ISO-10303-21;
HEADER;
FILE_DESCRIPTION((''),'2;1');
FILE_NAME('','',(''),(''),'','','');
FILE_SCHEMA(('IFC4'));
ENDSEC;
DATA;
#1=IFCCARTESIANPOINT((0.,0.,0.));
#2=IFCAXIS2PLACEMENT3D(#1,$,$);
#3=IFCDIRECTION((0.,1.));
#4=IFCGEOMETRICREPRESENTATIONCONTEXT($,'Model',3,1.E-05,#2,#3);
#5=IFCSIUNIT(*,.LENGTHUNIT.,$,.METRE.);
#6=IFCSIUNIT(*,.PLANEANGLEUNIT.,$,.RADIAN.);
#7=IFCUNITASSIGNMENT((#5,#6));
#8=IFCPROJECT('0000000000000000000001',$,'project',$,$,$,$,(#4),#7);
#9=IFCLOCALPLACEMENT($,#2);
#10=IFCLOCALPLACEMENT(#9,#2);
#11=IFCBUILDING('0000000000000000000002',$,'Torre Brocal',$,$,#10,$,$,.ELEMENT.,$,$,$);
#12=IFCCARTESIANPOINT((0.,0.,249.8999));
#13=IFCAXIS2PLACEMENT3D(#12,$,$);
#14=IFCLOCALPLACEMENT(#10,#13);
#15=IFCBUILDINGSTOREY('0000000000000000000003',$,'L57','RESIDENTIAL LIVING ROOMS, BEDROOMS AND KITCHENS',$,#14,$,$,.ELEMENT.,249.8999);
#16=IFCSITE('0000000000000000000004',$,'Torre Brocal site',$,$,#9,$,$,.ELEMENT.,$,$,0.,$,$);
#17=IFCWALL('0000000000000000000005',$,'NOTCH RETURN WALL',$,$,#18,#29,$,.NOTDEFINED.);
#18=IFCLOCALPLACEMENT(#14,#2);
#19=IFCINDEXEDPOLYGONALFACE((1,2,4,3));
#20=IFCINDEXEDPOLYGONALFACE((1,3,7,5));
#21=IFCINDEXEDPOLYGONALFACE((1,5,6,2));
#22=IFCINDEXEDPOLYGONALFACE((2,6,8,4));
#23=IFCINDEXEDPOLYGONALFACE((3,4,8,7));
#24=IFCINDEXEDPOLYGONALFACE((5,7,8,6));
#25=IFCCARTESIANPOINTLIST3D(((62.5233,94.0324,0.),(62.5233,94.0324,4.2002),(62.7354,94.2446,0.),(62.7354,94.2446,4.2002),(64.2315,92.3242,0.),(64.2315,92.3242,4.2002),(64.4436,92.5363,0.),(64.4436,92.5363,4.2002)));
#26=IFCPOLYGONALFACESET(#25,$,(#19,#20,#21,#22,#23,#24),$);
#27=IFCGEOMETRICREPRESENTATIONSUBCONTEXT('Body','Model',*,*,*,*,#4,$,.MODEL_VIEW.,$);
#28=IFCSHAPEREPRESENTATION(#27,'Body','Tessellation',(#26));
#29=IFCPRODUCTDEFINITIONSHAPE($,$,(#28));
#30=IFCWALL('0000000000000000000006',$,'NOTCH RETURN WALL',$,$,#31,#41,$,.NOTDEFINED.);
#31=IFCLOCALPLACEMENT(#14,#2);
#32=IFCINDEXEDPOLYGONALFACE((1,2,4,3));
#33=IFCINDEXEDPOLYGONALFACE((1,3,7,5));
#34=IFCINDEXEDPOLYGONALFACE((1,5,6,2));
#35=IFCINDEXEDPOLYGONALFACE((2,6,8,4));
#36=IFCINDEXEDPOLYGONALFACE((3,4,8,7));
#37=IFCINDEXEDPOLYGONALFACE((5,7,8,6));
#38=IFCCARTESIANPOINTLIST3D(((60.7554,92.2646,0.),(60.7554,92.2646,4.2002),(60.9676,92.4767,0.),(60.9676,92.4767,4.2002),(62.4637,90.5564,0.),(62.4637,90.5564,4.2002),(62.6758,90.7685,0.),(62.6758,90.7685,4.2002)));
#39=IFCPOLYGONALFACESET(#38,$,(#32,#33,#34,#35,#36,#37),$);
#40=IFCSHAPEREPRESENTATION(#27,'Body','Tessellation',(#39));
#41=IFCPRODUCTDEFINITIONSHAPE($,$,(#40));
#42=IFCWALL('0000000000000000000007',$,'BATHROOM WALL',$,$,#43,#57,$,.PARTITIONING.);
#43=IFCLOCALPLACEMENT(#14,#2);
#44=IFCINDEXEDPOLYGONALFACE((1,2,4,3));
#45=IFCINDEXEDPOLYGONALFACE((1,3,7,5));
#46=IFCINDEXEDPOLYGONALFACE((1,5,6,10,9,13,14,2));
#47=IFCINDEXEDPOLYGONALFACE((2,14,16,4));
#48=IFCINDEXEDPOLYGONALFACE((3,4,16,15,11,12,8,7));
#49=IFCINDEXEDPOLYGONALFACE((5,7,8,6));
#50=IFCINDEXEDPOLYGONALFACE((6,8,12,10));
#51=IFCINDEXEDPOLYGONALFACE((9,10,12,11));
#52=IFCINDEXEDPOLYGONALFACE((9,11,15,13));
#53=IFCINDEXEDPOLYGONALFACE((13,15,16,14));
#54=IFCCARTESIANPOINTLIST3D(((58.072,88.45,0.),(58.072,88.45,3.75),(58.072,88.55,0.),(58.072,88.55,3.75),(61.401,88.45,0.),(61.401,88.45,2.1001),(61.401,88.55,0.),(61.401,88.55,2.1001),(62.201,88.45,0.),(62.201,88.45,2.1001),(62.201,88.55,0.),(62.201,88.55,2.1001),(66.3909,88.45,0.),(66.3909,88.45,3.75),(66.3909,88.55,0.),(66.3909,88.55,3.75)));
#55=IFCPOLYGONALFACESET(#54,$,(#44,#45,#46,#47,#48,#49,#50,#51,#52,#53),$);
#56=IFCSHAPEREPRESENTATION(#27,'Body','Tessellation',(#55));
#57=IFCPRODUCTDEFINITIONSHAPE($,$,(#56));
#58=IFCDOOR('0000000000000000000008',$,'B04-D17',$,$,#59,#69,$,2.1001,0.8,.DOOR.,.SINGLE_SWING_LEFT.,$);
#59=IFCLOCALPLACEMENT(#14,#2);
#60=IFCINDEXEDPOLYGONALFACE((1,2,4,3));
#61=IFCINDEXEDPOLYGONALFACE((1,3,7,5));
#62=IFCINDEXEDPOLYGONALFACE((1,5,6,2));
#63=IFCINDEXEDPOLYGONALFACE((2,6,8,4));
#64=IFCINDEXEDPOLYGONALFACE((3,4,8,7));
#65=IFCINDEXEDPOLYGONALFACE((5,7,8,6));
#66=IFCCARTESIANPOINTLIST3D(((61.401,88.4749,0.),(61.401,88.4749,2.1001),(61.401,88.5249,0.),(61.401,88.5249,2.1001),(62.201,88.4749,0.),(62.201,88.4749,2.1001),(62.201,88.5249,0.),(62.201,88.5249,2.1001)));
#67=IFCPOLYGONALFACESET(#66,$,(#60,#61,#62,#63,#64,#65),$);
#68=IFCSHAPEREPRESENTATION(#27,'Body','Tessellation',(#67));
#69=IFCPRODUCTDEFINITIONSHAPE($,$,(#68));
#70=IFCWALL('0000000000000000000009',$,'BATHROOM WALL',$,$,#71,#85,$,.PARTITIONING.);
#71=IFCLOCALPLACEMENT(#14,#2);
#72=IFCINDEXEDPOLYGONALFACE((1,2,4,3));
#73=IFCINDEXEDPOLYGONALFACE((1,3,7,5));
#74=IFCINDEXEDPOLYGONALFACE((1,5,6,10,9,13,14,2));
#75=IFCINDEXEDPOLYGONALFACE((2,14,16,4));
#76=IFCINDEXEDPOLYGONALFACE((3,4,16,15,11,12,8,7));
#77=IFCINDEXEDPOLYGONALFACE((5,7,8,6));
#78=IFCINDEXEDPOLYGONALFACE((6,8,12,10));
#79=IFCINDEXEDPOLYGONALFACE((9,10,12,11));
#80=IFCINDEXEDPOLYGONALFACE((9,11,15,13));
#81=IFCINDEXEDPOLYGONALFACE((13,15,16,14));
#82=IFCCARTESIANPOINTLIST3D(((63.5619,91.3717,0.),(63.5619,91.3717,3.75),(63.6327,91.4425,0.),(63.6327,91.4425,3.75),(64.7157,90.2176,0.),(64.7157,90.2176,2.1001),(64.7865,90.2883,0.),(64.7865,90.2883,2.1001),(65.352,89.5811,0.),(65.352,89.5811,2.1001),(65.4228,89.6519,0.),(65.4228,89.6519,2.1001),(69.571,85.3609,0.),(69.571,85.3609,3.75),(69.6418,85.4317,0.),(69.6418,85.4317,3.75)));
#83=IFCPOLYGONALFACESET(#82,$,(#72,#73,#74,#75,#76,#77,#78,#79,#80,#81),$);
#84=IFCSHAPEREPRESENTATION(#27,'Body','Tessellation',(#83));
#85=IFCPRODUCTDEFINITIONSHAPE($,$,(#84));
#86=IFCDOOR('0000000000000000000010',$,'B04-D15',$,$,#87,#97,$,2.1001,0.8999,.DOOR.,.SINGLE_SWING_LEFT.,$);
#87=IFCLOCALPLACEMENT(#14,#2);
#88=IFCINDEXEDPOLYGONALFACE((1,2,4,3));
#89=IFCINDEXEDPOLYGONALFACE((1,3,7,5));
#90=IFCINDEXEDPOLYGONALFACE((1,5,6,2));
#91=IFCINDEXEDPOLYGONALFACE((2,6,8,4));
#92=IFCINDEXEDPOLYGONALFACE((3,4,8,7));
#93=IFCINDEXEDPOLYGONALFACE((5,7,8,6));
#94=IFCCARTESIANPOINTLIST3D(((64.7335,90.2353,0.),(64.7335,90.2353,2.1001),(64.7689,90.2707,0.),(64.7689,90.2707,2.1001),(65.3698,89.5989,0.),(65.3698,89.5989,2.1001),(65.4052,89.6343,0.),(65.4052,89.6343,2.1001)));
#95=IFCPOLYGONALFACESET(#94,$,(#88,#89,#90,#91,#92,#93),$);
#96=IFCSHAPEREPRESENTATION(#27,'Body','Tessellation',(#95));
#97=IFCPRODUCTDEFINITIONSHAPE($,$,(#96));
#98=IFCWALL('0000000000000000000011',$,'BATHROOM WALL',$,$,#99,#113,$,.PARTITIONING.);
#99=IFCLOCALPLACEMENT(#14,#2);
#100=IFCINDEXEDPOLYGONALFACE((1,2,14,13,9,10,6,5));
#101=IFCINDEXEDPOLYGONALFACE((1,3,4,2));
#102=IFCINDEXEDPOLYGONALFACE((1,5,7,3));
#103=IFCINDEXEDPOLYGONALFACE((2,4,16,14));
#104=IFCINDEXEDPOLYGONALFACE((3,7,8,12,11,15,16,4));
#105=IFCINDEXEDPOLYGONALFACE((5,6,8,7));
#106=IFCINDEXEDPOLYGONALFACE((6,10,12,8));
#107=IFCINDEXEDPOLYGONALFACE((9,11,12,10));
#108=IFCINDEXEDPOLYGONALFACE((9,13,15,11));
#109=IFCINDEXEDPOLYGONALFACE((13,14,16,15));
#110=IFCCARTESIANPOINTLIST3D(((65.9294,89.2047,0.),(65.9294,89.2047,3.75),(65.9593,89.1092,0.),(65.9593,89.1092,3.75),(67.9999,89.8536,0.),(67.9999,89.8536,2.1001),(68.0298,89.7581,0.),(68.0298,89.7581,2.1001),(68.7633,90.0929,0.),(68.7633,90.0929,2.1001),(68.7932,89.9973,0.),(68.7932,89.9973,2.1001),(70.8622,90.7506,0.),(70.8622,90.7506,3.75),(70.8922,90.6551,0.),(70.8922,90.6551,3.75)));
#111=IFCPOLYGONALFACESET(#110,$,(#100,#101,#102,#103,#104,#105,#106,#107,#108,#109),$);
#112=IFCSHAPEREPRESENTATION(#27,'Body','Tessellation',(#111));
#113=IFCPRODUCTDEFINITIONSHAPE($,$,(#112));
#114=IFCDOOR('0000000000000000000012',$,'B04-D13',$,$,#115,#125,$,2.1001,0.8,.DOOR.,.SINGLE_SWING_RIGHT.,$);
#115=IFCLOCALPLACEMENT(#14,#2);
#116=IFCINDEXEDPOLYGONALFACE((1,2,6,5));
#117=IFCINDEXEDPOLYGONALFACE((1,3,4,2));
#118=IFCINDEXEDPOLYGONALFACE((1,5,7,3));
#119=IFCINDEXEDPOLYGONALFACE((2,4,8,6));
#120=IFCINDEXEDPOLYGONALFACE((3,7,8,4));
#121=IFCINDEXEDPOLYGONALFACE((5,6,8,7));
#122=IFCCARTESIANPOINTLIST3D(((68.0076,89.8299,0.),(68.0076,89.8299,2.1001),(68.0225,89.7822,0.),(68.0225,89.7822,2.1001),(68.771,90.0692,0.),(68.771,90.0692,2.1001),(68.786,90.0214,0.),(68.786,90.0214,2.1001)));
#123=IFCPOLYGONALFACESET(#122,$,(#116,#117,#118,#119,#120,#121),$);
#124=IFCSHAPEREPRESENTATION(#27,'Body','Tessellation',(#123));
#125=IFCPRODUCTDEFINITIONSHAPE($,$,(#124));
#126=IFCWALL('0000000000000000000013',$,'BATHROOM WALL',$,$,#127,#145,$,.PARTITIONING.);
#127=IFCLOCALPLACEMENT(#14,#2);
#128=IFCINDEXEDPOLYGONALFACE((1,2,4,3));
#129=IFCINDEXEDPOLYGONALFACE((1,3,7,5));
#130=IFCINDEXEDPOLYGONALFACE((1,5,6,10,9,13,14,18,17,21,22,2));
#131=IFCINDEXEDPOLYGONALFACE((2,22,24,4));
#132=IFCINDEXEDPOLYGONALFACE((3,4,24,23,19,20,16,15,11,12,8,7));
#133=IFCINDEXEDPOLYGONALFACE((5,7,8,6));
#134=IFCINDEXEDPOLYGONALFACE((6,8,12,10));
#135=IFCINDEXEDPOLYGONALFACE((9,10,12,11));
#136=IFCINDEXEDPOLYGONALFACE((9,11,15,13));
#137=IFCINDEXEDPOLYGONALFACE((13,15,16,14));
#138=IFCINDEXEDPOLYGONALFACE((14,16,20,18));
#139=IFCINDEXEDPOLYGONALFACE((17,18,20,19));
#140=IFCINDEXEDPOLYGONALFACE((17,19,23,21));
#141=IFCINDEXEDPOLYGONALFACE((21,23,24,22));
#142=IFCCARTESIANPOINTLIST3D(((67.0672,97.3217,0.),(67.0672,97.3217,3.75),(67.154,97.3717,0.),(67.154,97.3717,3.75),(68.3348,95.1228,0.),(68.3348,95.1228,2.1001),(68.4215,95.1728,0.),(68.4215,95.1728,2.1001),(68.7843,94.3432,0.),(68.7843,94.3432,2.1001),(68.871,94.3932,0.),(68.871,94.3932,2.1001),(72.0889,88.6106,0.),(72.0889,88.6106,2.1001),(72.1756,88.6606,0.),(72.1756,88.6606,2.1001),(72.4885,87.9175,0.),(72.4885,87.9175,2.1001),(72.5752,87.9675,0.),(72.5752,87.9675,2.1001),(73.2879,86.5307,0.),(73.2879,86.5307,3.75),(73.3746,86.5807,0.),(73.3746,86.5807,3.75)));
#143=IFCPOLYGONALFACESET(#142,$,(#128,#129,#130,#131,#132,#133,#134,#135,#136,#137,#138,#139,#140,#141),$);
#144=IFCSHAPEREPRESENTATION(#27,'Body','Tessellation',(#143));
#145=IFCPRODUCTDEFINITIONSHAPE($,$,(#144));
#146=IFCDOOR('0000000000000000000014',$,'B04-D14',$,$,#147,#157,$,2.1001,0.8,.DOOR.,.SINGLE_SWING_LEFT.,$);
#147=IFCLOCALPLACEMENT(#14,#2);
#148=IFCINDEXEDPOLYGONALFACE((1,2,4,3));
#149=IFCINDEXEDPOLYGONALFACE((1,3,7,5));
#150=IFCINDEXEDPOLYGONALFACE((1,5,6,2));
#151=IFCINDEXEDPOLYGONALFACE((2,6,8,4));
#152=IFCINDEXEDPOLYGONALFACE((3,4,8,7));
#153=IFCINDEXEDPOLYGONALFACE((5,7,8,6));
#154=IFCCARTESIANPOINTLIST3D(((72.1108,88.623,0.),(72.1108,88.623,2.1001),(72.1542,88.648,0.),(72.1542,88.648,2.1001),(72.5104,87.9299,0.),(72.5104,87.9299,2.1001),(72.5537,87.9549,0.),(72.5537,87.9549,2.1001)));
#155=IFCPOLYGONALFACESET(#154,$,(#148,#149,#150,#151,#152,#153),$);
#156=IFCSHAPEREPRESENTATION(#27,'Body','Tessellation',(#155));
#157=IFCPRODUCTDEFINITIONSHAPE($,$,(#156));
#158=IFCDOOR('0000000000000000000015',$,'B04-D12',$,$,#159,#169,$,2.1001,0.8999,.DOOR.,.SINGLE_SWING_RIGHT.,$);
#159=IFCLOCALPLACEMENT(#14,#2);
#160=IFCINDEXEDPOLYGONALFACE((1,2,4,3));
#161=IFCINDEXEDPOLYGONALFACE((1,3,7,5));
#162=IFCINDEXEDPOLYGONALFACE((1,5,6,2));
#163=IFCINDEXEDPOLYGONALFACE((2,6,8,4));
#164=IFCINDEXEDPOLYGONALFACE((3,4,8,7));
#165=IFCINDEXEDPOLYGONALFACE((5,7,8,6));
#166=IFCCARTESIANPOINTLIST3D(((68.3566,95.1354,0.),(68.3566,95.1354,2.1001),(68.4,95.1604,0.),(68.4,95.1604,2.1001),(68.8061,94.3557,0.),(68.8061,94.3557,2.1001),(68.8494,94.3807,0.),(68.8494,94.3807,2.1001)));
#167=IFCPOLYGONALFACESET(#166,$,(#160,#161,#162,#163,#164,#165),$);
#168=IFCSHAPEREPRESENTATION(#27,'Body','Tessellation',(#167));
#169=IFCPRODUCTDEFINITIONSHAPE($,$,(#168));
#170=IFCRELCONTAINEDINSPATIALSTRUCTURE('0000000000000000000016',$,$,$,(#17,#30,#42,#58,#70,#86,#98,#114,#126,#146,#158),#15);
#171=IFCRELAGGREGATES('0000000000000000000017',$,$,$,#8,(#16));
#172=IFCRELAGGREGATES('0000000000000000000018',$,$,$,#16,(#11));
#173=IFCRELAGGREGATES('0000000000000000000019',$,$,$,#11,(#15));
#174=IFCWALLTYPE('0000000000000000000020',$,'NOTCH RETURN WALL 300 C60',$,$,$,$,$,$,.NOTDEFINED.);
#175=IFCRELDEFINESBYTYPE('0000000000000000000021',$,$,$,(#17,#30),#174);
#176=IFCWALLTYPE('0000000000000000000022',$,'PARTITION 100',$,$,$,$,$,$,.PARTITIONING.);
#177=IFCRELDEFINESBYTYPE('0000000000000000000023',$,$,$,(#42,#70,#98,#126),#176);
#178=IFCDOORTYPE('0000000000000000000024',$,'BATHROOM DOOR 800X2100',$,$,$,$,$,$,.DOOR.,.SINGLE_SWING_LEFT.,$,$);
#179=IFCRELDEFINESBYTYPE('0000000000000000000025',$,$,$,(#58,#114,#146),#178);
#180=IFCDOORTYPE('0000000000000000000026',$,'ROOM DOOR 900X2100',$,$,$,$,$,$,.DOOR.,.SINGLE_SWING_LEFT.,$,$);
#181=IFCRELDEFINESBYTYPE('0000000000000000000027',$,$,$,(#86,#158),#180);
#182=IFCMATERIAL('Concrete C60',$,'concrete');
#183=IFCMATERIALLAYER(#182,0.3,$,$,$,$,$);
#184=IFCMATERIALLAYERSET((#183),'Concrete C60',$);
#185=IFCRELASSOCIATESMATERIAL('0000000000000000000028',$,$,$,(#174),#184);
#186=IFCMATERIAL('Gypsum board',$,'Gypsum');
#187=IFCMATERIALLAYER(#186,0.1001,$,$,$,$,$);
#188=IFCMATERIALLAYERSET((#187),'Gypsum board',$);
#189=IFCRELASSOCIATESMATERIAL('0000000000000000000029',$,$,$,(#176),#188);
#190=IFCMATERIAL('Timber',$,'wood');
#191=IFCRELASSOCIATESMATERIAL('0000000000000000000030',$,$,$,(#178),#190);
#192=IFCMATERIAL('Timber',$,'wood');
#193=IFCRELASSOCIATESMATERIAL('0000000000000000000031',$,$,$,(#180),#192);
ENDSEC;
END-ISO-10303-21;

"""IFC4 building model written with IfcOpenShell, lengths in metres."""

from ifc_helpers import new_model, si_unit, direction, frame, frame_2d, origin, place, context, subcontext, project, spatial, rectangle, extrude, material, layer, layer_set, type_object, element, fill, save


model = new_model("IFC4")

# Units and contexts
model_context = context("Model", 3, precision=1e-05, world=origin(), true_north=direction((0.0, 1.0)))
body_context = subcontext(model_context, "Body", "Model", "MODEL_VIEW")
ifc_project = project(units=[si_unit("LENGTHUNIT", "METRE"), si_unit("PLANEANGLEUNIT", "RADIAN")], contexts=[model_context])

# Site, building, storey
site_placement = place(None, origin())
site = spatial("IfcSite", under=ifc_project, at=site_placement, Name="Torre Brocal site", CompositionType="ELEMENT", RefElevation=0.0)
building_placement = place(site_placement, origin())
building = spatial("IfcBuilding", under=site, at=building_placement, Name="Torre Brocal", CompositionType="ELEMENT")
storey_placement = place(building_placement, frame((0.0, 0.0, 249.8999)))
storey = spatial("IfcBuildingStorey", under=building, at=storey_placement, Name="L57", Description="RESIDENTIAL LIVING ROOMS, BEDROOMS AND KITCHENS", CompositionType="ELEMENT", Elevation=249.8999)

# Walls
ifc_material_1 = material(Name="Concrete C60", Category="concrete")
ifc_layer_1 = layer(ifc_material_1, 0.3)
ifc_layer_set_1 = layer_set([ifc_layer_1], Name="Concrete C60")
wall_type_1 = type_object("IfcWallType", Name="NOTCH RETURN WALL 300 C60", PredefinedType="NOTDEFINED", material=ifc_layer_set_1)
for number, where, z_axis, x_axis, name in (
    (1, (64.3376, 92.4302, 0.0), (0.0, 0.0, 1.0), (-0.707107, 0.707107, 0.0), "NOTCH RETURN WALL"),
    (2, (62.5698, 90.6624, 0.0), (0.0, 0.0, 1.0), (-0.707107, 0.707107, 0.0), "NOTCH RETURN WALL"),
):
    element("IfcWall", number, at=place(storey_placement, frame(where, z_axis=z_axis, x_axis=x_axis)), inside=storey, type_object=wall_type_1, Name=name, PredefinedType="NOTDEFINED", context=body_context, shape_type="SweptSolid", body=[
        extrude(rectangle(XDim=2.4158, YDim=0.3, at=frame_2d((1.208, 0.0))), origin(), (0.0, 0.0, 1.0), 4.2002),
    ])

# Walls, openings, doors
ifc_material_2 = material(Name="Gypsum board", Category="Gypsum")
ifc_layer_2 = layer(ifc_material_2, 0.1001)
ifc_layer_set_2 = layer_set([ifc_layer_2], Name="Gypsum board")
wall_type_2 = type_object("IfcWallType", Name="PARTITION 100", PredefinedType="PARTITIONING", material=ifc_layer_set_2)
wall_1_placement = place(storey_placement, frame((58.072, 88.5, 0.0), z_axis=(0.0, 0.0, 1.0), x_axis=(1.0, 0.0, 0.0)))
wall_1 = element("IfcWall", 3, at=wall_1_placement, inside=storey, type_object=wall_type_2, Name="BATHROOM WALL", PredefinedType="PARTITIONING", context=body_context, shape_type="SweptSolid", body=[
    extrude(rectangle(XDim=8.3188, YDim=0.1001, at=frame_2d((4.1594, 0.0))), origin(), (0.0, 0.0, 1.0), 3.75),
])
opening_1_placement = place(wall_1_placement, frame((3.3291, 0.0, 0.0)))
opening_1 = element("IfcOpeningElement", 4, at=opening_1_placement, cuts=wall_1, PredefinedType="OPENING", context=body_context, shape_type="SweptSolid", body=[
    extrude(rectangle(XDim=0.8, YDim=2.1001, at=frame_2d((0.3999, 1.05))), frame((0.0, 0.0601, 0.0), z_axis=(0.0, -1.0, 0.0), x_axis=(1.0, 0.0, 0.0)), (0.0, 0.0, 1.0), 0.1201),
])
ifc_material_3 = material(Name="Timber", Category="wood")
door_type_1 = type_object("IfcDoorType", Name="BATHROOM DOOR 800X2100", OperationType="SINGLE_SWING_LEFT", PredefinedType="DOOR", material=ifc_material_3)
door_1_placement = place(opening_1_placement, origin())
door_1 = element("IfcDoor", 5, at=door_1_placement, inside=storey, type_object=door_type_1, Name="B04-D17", OperationType="SINGLE_SWING_LEFT", OverallHeight=2.1001, OverallWidth=0.8, PredefinedType="DOOR", context=body_context, shape_type="SweptSolid", body=[
    extrude(rectangle(XDim=0.8, YDim=2.1001, at=frame_2d((0.3999, 1.05))), frame((0.0, 0.0249, 0.0), z_axis=(0.0, -1.0, 0.0), x_axis=(1.0, 0.0, 0.0)), (0.0, 0.0, 1.0), 0.05),
])
fill(opening_1, door_1)
wall_2_placement = place(storey_placement, frame((63.5974, 91.407, 0.0), z_axis=(0.0, 0.0, 1.0), x_axis=(0.707006, -0.707207, 0.0)))
wall_2 = element("IfcWall", 6, at=wall_2_placement, inside=storey, type_object=wall_type_2, Name="BATHROOM WALL", PredefinedType="PARTITIONING", context=body_context, shape_type="SweptSolid", body=[
    extrude(rectangle(XDim=8.4993, YDim=0.1001, at=frame_2d((4.2495, 0.0))), origin(), (0.0, 0.0, 1.0), 3.75),
])
opening_2_placement = place(wall_2_placement, frame((1.6318, 0.0, 0.0)))
opening_2 = element("IfcOpeningElement", 7, at=opening_2_placement, cuts=wall_2, PredefinedType="OPENING", context=body_context, shape_type="SweptSolid", body=[
    extrude(rectangle(XDim=0.8999, YDim=2.1001, at=frame_2d((0.45, 1.05))), frame((0.0, 0.0601, 0.0), z_axis=(0.0, -1.0, 0.0), x_axis=(1.0, 0.0, 0.0)), (0.0, 0.0, 1.0), 0.1201),
])
ifc_material_4 = material(Name="Timber", Category="wood")
door_type_2 = type_object("IfcDoorType", Name="ROOM DOOR 900X2100", OperationType="SINGLE_SWING_LEFT", PredefinedType="DOOR", material=ifc_material_4)
door_2_placement = place(opening_2_placement, frame((0.8999, 0.0, 0.0), z_axis=(0.0, 0.0, 1.0), x_axis=(-1.0, 0.0, 0.0)))
door_2 = element("IfcDoor", 8, at=door_2_placement, inside=storey, type_object=door_type_2, Name="B04-D15", OperationType="SINGLE_SWING_LEFT", OverallHeight=2.1001, OverallWidth=0.8999, PredefinedType="DOOR", context=body_context, shape_type="SweptSolid", body=[
    extrude(rectangle(XDim=0.8999, YDim=2.1001, at=frame_2d((0.45, 1.05))), frame((0.0, 0.0249, 0.0), z_axis=(0.0, -1.0, 0.0), x_axis=(1.0, 0.0, 0.0)), (0.0, 0.0, 1.0), 0.05),
])
fill(opening_2, door_2)
wall_3_placement = place(storey_placement, frame((65.9443, 89.157, 0.0), z_axis=(0.0, 0.0, 1.0), x_axis=(0.954238, 0.299047, 0.0)))
wall_3 = element("IfcWall", 9, at=wall_3_placement, inside=storey, type_object=wall_type_2, Name="BATHROOM WALL", PredefinedType="PARTITIONING", context=body_context, shape_type="SweptSolid", body=[
    extrude(rectangle(XDim=5.1694, YDim=0.1001, at=frame_2d((2.5847, 0.0))), origin(), (0.0, 0.0, 1.0), 3.75),
])
opening_3_placement = place(wall_3_placement, frame((2.1699, 0.0, 0.0)))
opening_3 = element("IfcOpeningElement", 10, at=opening_3_placement, cuts=wall_3, PredefinedType="OPENING", context=body_context, shape_type="SweptSolid", body=[
    extrude(rectangle(XDim=0.8, YDim=2.1001, at=frame_2d((0.3999, 1.05))), frame((0.0, 0.0601, 0.0), z_axis=(0.0, -1.0, 0.0), x_axis=(1.0, 0.0, 0.0)), (0.0, 0.0, 1.0), 0.1201),
])
door_3_placement = place(opening_3_placement, frame((0.8, 0.0, 0.0), z_axis=(0.0, 0.0, 1.0), x_axis=(-1.0, 0.0, 0.0)))
door_3 = element("IfcDoor", 11, at=door_3_placement, inside=storey, type_object=door_type_1, Name="B04-D13", OperationType="SINGLE_SWING_RIGHT", OverallHeight=2.1001, OverallWidth=0.8, PredefinedType="DOOR", context=body_context, shape_type="SweptSolid", body=[
    extrude(rectangle(XDim=0.8, YDim=2.1001, at=frame_2d((0.3999, 1.05))), frame((0.0, 0.0249, 0.0), z_axis=(0.0, -1.0, 0.0), x_axis=(1.0, 0.0, 0.0)), (0.0, 0.0, 1.0), 0.05),
])
fill(opening_3, door_3)

# Wall, openings, doors
wall_4_placement = place(storey_placement, frame((67.1106, 97.3467, 0.0), z_axis=(0.0, 0.0, 1.0), x_axis=(0.499428, -0.866355, 0.0)))
wall_4 = element("IfcWall", 12, at=wall_4_placement, inside=storey, type_object=wall_type_2, Name="BATHROOM WALL", PredefinedType="PARTITIONING", context=body_context, shape_type="SweptSolid", body=[
    extrude(rectangle(XDim=12.4556, YDim=0.1001, at=frame_2d((6.2278, 0.0))), origin(), (0.0, 0.0, 1.0), 3.75),
])
opening_4_placement = place(wall_4_placement, frame((2.5381, 0.0, 0.0)))
opening_4 = element("IfcOpeningElement", 13, at=opening_4_placement, cuts=wall_4, PredefinedType="OPENING", context=body_context, shape_type="SweptSolid", body=[
    extrude(rectangle(XDim=0.8999, YDim=2.1001, at=frame_2d((0.45, 1.05))), frame((0.0, 0.0601, 0.0), z_axis=(0.0, -1.0, 0.0), x_axis=(1.0, 0.0, 0.0)), (0.0, 0.0, 1.0), 0.1201),
])
opening_5_placement = place(wall_4_placement, frame((10.0549, 0.0, 0.0)))
opening_5 = element("IfcOpeningElement", 14, at=opening_5_placement, cuts=wall_4, PredefinedType="OPENING", context=body_context, shape_type="SweptSolid", body=[
    extrude(rectangle(XDim=0.8, YDim=2.1001, at=frame_2d((0.3999, 1.05))), frame((0.0, 0.0601, 0.0), z_axis=(0.0, -1.0, 0.0), x_axis=(1.0, 0.0, 0.0)), (0.0, 0.0, 1.0), 0.1201),
])
door_4_placement = place(opening_5_placement, frame((0.8, 0.0, 0.0), z_axis=(0.0, 0.0, 1.0), x_axis=(-1.0, 0.0, 0.0)))
door_4 = element("IfcDoor", 15, at=door_4_placement, inside=storey, type_object=door_type_1, Name="B04-D14", OperationType="SINGLE_SWING_LEFT", OverallHeight=2.1001, OverallWidth=0.8, PredefinedType="DOOR", context=body_context, shape_type="SweptSolid", body=[
    extrude(rectangle(XDim=0.8, YDim=2.1001, at=frame_2d((0.3999, 1.05))), frame((0.0, 0.0249, 0.0), z_axis=(0.0, -1.0, 0.0), x_axis=(1.0, 0.0, 0.0)), (0.0, 0.0, 1.0), 0.05),
])
fill(opening_5, door_4)
door_5_placement = place(opening_4_placement, frame((0.8999, 0.0, 0.0), z_axis=(0.0, 0.0, 1.0), x_axis=(-1.0, 0.0, 0.0)))
door_5 = element("IfcDoor", 16, at=door_5_placement, inside=storey, type_object=door_type_2, Name="B04-D12", OperationType="SINGLE_SWING_RIGHT", OverallHeight=2.1001, OverallWidth=0.8999, PredefinedType="DOOR", context=body_context, shape_type="SweptSolid", body=[
    extrude(rectangle(XDim=0.8999, YDim=2.1001, at=frame_2d((0.45, 1.05))), frame((0.0, 0.0249, 0.0), z_axis=(0.0, -1.0, 0.0), x_axis=(1.0, 0.0, 0.0)), (0.0, 0.0, 1.0), 0.05),
])
fill(opening_4, door_5)

save(model, "model.ifc")
